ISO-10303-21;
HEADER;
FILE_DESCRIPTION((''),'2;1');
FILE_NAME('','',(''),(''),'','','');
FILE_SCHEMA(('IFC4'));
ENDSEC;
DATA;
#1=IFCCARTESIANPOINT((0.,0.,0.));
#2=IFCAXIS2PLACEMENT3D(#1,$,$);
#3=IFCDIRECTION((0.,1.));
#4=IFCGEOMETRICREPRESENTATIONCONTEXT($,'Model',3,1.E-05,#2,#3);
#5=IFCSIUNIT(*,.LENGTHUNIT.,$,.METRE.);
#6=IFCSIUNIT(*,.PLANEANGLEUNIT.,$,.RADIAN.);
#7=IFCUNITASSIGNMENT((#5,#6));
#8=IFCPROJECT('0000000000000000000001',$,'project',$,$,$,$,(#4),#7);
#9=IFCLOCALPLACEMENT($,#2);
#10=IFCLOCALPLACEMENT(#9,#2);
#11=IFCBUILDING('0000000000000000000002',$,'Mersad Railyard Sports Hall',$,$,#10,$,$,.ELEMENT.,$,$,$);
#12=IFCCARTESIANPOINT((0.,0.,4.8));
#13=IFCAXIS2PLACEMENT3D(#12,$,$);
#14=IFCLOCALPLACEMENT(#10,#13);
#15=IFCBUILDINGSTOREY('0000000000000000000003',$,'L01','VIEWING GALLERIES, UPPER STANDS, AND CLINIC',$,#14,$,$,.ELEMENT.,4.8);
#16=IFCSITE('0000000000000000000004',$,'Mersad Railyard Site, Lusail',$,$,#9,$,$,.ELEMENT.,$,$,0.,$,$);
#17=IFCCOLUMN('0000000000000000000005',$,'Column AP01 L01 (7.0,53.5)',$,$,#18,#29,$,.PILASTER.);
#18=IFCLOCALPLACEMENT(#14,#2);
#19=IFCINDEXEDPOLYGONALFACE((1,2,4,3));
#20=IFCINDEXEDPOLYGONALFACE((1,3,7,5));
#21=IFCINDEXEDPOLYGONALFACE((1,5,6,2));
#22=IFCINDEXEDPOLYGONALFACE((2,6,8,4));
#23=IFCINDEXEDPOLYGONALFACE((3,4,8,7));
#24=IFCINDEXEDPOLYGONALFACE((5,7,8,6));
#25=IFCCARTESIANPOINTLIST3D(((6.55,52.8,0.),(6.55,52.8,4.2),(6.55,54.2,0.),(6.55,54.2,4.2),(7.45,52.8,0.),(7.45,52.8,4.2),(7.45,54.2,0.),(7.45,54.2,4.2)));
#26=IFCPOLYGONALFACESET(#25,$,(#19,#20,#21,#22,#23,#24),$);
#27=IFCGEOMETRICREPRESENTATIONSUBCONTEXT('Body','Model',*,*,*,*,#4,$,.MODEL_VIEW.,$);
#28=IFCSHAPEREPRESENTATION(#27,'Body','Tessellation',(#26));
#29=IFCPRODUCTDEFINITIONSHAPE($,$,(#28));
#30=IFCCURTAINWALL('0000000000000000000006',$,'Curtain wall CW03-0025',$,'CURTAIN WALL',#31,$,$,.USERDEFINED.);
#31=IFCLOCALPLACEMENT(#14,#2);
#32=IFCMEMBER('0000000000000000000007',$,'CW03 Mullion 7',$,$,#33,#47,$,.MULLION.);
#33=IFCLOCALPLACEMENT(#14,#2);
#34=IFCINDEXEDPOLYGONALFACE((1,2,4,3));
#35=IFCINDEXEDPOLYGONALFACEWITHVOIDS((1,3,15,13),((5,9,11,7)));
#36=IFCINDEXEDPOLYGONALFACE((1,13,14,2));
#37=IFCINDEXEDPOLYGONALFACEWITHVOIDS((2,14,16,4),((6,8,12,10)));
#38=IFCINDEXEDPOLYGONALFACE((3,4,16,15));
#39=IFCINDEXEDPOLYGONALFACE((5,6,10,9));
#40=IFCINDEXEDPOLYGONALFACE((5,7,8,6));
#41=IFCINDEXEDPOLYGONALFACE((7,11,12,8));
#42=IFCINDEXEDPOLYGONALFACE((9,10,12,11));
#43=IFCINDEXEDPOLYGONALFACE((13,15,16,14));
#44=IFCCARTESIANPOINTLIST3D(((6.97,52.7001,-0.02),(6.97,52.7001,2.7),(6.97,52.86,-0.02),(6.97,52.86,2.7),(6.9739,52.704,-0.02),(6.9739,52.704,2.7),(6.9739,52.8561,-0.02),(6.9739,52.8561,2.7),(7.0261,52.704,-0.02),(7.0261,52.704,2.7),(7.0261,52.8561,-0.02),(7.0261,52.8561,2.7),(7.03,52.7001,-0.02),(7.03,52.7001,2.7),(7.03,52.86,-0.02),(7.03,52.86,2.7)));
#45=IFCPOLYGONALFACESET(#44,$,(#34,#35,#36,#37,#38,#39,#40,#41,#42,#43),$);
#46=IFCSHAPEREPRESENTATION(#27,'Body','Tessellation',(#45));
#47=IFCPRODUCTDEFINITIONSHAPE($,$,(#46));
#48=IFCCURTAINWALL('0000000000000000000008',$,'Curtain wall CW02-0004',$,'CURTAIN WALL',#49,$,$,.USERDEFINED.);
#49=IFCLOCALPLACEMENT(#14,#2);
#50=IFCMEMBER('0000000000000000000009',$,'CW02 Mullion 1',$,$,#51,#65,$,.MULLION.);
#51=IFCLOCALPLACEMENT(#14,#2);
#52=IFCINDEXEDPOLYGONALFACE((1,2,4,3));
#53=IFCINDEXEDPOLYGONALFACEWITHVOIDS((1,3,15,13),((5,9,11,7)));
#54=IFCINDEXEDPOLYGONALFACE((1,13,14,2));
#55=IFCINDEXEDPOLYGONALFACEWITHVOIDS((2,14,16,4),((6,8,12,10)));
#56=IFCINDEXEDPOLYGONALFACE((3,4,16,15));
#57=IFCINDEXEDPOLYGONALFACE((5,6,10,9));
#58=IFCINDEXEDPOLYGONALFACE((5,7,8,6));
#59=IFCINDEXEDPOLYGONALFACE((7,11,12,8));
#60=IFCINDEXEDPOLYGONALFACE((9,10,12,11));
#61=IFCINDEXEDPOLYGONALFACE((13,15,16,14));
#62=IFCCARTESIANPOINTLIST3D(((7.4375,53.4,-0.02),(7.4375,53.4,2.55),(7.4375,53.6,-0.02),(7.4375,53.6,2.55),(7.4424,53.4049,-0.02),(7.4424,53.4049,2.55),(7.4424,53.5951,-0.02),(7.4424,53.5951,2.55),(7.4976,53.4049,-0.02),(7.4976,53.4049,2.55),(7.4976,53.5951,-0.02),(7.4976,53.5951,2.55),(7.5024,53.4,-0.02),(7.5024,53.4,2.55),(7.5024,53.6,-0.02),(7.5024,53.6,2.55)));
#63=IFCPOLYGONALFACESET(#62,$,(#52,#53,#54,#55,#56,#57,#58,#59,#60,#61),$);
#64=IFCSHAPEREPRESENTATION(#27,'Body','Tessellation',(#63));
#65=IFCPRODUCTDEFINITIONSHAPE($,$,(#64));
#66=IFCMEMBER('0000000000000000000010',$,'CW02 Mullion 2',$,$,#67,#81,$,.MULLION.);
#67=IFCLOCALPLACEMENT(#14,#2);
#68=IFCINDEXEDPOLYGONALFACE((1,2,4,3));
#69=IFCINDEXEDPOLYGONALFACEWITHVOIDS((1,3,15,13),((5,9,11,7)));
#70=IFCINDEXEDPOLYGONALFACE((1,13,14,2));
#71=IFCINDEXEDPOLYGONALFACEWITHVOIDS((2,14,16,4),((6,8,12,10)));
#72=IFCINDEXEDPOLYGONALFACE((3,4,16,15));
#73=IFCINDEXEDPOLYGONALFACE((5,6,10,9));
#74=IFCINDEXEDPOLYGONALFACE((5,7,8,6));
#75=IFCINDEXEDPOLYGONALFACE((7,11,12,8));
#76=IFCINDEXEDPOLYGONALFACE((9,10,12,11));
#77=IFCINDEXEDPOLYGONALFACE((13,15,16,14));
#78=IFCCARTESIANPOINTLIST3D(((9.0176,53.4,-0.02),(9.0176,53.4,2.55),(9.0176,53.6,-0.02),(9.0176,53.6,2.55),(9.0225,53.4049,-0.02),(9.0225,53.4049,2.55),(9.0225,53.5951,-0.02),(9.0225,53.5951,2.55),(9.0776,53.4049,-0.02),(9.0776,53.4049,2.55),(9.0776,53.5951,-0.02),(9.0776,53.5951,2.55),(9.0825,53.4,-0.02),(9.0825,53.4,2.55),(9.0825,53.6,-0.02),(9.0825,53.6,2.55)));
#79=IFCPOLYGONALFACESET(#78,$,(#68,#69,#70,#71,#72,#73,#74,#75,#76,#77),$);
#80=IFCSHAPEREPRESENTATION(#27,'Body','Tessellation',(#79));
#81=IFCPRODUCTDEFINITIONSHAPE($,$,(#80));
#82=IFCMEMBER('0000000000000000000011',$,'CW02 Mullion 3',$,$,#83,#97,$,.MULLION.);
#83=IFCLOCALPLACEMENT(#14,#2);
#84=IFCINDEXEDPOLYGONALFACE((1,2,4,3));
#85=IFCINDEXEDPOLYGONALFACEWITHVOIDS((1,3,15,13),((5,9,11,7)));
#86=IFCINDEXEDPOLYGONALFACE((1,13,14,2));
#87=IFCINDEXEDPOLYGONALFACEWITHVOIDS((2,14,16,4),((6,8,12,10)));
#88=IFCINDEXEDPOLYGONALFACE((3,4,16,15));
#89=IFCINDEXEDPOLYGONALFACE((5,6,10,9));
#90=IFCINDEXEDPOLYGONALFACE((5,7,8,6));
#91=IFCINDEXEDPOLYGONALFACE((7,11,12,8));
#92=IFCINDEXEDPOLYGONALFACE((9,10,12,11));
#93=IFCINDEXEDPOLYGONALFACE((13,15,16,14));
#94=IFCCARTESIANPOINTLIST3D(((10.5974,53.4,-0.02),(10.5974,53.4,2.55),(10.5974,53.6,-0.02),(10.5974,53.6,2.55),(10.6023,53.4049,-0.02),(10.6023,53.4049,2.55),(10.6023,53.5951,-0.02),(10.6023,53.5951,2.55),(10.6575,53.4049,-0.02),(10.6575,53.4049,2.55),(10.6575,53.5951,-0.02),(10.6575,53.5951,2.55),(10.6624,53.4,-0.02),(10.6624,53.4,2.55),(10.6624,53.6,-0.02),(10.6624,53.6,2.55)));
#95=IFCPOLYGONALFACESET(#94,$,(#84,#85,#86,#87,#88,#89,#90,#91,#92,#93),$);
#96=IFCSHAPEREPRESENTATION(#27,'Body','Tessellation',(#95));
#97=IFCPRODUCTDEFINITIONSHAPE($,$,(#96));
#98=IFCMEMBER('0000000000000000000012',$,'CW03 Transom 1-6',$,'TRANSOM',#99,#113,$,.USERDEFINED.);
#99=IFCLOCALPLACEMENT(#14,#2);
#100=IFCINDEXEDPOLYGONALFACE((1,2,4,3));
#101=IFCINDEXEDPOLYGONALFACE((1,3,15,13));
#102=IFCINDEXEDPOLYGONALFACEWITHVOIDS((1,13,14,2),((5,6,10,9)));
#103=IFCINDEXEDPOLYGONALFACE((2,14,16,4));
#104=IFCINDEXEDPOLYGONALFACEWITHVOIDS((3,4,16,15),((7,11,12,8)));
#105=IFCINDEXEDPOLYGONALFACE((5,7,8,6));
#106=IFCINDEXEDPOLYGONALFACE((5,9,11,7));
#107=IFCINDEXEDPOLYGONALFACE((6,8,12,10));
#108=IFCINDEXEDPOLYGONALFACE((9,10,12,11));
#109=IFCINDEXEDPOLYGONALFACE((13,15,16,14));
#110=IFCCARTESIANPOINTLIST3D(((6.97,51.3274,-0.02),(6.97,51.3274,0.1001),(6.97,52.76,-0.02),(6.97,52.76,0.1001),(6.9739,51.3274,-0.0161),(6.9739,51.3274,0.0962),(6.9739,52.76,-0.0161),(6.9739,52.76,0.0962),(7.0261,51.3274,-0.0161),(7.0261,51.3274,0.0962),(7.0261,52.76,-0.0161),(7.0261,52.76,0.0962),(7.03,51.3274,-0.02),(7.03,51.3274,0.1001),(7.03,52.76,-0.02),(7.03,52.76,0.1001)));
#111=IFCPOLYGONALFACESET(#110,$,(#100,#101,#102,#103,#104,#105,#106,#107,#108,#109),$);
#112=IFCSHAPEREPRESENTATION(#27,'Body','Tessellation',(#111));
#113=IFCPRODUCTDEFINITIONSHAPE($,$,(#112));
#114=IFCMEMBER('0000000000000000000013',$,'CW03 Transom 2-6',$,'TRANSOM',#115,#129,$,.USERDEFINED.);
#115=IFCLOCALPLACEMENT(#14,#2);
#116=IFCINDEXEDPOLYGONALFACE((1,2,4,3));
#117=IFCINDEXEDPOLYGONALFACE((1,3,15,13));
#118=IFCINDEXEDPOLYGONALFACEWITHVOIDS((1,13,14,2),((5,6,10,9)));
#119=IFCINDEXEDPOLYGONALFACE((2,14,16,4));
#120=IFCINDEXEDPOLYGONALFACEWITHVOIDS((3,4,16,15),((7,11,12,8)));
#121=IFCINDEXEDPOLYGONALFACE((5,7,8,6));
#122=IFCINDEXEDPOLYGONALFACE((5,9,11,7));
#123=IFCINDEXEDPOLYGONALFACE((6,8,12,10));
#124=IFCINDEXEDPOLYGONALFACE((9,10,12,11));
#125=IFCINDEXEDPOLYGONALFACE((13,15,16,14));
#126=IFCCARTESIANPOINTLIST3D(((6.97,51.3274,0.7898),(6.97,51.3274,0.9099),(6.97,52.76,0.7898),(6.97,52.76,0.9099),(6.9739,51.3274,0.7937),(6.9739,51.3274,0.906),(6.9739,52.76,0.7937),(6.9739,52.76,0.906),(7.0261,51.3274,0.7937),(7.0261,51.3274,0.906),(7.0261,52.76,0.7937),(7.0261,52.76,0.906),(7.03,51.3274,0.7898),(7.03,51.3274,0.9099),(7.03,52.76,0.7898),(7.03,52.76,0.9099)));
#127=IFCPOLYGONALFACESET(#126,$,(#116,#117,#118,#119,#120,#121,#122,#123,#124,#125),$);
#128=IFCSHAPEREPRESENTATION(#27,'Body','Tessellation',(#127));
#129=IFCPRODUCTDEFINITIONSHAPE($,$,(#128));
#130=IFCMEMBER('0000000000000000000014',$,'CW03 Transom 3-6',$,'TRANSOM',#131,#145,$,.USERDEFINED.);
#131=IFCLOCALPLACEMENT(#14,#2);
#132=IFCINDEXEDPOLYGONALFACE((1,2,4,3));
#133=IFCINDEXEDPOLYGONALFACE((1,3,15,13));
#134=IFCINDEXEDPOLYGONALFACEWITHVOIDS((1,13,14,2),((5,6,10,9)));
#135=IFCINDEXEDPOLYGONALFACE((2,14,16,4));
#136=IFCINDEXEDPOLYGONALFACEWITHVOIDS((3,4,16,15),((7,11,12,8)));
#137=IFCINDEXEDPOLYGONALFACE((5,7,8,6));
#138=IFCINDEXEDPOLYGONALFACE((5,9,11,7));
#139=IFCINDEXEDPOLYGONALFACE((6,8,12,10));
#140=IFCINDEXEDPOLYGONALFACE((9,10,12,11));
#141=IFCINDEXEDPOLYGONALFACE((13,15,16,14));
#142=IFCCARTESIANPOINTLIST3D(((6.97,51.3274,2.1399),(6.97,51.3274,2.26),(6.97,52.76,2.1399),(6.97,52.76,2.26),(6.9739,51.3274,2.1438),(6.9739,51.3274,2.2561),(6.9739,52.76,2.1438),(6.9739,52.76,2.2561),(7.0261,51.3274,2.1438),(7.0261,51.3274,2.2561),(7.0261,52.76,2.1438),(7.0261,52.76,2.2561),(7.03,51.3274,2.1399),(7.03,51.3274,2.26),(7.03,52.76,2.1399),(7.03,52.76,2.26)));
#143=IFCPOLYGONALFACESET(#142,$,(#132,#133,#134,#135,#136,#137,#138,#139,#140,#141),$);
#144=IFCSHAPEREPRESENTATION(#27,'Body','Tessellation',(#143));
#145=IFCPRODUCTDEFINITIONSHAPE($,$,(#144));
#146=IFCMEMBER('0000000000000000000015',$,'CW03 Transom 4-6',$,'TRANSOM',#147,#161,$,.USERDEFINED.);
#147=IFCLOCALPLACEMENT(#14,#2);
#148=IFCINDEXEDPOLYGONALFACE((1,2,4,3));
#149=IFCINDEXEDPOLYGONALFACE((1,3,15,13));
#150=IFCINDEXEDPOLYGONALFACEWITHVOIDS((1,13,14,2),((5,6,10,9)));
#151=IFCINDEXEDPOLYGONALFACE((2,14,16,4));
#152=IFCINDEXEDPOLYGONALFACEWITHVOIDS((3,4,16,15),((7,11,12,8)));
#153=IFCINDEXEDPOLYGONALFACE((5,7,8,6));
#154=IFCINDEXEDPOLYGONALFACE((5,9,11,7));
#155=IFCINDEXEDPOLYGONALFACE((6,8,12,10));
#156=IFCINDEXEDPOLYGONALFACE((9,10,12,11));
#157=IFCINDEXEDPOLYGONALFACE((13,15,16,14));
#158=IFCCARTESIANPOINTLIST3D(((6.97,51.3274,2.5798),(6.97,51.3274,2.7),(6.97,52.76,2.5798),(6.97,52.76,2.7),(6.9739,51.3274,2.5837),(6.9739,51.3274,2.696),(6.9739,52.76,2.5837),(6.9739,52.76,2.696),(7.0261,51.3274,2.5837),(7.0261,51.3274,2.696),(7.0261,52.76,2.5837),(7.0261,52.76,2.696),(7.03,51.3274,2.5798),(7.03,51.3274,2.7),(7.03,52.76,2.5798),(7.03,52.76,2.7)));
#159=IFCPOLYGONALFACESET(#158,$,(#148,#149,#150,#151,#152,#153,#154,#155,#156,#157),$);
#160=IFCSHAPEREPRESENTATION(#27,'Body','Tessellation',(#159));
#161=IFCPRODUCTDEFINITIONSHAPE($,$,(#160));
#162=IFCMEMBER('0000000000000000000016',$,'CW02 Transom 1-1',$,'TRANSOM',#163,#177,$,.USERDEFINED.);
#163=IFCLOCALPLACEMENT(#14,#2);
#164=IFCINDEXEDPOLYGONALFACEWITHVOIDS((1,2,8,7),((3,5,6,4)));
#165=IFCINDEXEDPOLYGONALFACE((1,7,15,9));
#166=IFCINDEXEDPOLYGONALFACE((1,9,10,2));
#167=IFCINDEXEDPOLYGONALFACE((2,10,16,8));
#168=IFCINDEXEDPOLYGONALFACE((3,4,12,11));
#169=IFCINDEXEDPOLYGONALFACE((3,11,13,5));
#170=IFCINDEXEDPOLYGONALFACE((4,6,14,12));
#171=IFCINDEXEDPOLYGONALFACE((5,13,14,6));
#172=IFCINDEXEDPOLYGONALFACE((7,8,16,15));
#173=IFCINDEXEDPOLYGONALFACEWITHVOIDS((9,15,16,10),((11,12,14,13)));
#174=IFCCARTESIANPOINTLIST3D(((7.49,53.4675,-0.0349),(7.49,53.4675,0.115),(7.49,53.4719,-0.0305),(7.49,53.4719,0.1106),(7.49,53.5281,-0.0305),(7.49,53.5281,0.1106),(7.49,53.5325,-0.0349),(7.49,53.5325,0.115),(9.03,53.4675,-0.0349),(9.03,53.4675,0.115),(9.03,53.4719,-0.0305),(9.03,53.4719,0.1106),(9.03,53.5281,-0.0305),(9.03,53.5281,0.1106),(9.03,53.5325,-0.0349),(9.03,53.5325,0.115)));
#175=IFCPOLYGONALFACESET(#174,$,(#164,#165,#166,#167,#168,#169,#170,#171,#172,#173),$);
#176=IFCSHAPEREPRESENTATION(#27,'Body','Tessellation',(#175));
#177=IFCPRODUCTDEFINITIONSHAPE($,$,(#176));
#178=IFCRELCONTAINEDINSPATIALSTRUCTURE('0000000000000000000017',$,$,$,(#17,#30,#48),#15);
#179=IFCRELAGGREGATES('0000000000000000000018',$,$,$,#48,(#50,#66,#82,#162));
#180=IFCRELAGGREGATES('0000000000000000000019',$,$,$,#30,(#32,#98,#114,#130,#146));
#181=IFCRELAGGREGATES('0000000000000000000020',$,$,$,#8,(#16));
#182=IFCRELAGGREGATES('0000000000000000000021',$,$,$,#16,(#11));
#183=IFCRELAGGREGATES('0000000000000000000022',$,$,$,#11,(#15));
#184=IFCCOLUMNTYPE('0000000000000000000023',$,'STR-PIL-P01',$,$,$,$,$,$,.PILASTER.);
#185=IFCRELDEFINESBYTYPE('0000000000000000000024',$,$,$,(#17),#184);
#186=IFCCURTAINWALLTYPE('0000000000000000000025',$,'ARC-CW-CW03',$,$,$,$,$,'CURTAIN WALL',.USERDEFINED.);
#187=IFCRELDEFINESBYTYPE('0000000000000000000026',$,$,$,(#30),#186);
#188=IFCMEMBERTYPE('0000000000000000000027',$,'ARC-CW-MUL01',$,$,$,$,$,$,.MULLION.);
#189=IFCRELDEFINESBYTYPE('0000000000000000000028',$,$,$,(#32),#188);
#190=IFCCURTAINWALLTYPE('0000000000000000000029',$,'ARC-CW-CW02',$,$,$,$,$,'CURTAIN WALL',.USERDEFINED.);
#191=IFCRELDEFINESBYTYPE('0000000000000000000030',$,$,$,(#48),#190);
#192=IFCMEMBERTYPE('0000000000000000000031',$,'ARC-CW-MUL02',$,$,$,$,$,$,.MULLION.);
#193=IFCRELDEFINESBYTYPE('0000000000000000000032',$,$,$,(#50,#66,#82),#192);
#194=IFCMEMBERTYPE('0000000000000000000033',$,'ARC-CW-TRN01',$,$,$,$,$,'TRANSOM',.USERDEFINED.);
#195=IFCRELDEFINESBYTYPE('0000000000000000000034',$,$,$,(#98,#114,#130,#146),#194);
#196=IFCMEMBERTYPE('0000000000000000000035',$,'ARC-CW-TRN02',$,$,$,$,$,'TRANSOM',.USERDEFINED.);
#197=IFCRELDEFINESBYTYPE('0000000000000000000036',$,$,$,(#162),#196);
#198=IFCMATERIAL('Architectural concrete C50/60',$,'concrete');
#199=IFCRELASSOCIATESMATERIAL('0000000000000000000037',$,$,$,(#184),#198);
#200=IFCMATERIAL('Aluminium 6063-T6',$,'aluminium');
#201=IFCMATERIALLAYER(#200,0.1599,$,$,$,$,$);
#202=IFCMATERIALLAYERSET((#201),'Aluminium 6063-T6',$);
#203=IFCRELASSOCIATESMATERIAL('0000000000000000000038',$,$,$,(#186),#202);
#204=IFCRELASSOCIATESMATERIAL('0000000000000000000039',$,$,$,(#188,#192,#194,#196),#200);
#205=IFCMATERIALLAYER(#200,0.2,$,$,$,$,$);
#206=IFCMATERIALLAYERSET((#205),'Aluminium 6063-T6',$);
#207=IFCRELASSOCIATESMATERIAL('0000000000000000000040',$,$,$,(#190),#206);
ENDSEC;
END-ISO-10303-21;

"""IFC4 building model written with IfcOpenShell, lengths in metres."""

from ifc_helpers import new_model, si_unit, direction, frame, origin, origin_2d, place, context, subcontext, project, spatial, rectangle, hollow_rectangle, extrude, material, layer, layer_set, material_profile, profile_set, type_object, element, aggregate, save


model = new_model("IFC4")

# Units and contexts
model_context = context("Model", 3, precision=1e-05, world=origin(), true_north=direction((0.0, 1.0)))
body_context = subcontext(model_context, "Body", "Model", "MODEL_VIEW")
ifc_project = project(units=[si_unit("LENGTHUNIT", "METRE"), si_unit("PLANEANGLEUNIT", "RADIAN")], contexts=[model_context])

# Site, building, storey
site_placement = place(None, origin())
site = spatial("IfcSite", under=ifc_project, at=site_placement, Name="Mersad Railyard Site, Lusail", CompositionType="ELEMENT", RefElevation=0.0)
building_placement = place(site_placement, origin())
building = spatial("IfcBuilding", under=site, at=building_placement, Name="Mersad Railyard Sports Hall", CompositionType="ELEMENT")
storey_placement = place(building_placement, frame((0.0, 0.0, 4.8)))
storey = spatial("IfcBuildingStorey", under=building, at=storey_placement, Name="L01", Description="VIEWING GALLERIES, UPPER STANDS, AND CLINIC", CompositionType="ELEMENT", Elevation=4.8)

# Column
ifc_material_1 = material(Name="Architectural concrete C50/60", Category="concrete")
ifc_material_profile_1 = material_profile(ifc_material_1, rectangle(XDim=0.8999, YDim=1.3999, at=origin_2d()), Name="RC 900x1400")
ifc_profile_set_1 = profile_set([ifc_material_profile_1], Name="Architectural concrete C50/60")
column_type = type_object("IfcColumnType", Name="STR-PIL-P01", PredefinedType="PILASTER", material=ifc_profile_set_1)
column_placement = place(storey_placement, frame((7.0, 53.5, 0.0), z_axis=(0.0, 0.0, 1.0), x_axis=(1.0, 0.0, 0.0)))
element("IfcColumn", 1, at=column_placement, inside=storey, type_object=column_type, Name="Column AP01 L01 (7.0,53.5)", PredefinedType="PILASTER", context=body_context, shape_type="SweptSolid", body=[
    extrude(rectangle(XDim=0.8999, YDim=1.3999, at=origin_2d()), origin(), (0.0, 0.0, 1.0), 4.2),
])

# Curtain wall, member
ifc_material_2 = material(Name="Aluminium 6063-T6", Category="aluminium")
ifc_layer_1 = layer(ifc_material_2, 0.1599)
ifc_layer_set_1 = layer_set([ifc_layer_1], Name="Aluminium 6063-T6")
curtain_wall_type_1 = type_object("IfcCurtainWallType", Name="ARC-CW-CW03", ElementType="CURTAIN WALL", PredefinedType="USERDEFINED", material=ifc_layer_set_1)
curtain_wall_1_placement = place(storey_placement, origin())
curtain_wall_1 = element("IfcCurtainWall", 2, at=curtain_wall_1_placement, inside=storey, type_object=curtain_wall_type_1, Name="Curtain wall CW03-0025", ObjectType="CURTAIN WALL", PredefinedType="USERDEFINED")
ifc_material_profile_2 = material_profile(ifc_material_2, hollow_rectangle(XDim=0.0601, YDim=0.1599, WallThickness=0.0039, at=origin_2d()), Name="AL MULLION 60x160x4")
ifc_profile_set_2 = profile_set([ifc_material_profile_2], Name="Aluminium 6063-T6")
member_type_1 = type_object("IfcMemberType", Name="ARC-CW-MUL01", PredefinedType="MULLION", material=ifc_profile_set_2)
member_1_placement = place(storey_placement, frame((7.0, 52.78, -0.02), z_axis=(0.0, 0.0, 1.0), x_axis=(1.0, 0.0, 0.0)))
member_1 = element("IfcMember", 3, at=member_1_placement, type_object=member_type_1, Name="CW03 Mullion 7", PredefinedType="MULLION", context=body_context, shape_type="SweptSolid", body=[
    extrude(hollow_rectangle(XDim=0.0601, YDim=0.1599, WallThickness=0.0039, at=origin_2d()), origin(), (0.0, 0.0, 1.0), 2.72),
])

# Curtain wall, members
ifc_layer_2 = layer(ifc_material_2, 0.2)
ifc_layer_set_2 = layer_set([ifc_layer_2], Name="Aluminium 6063-T6")
curtain_wall_type_2 = type_object("IfcCurtainWallType", Name="ARC-CW-CW02", ElementType="CURTAIN WALL", PredefinedType="USERDEFINED", material=ifc_layer_set_2)
curtain_wall_2_placement = place(storey_placement, origin())
curtain_wall_2 = element("IfcCurtainWall", 4, at=curtain_wall_2_placement, inside=storey, type_object=curtain_wall_type_2, Name="Curtain wall CW02-0004", ObjectType="CURTAIN WALL", PredefinedType="USERDEFINED")
ifc_material_profile_3 = material_profile(ifc_material_2, hollow_rectangle(XDim=0.0649, YDim=0.2, WallThickness=0.0049, at=origin_2d()), Name="AL MULLION 65x200x5")
ifc_profile_set_3 = profile_set([ifc_material_profile_3], Name="Aluminium 6063-T6")
member_type_2 = type_object("IfcMemberType", Name="ARC-CW-MUL02", PredefinedType="MULLION", material=ifc_profile_set_3)
member_2_placement = place(storey_placement, frame((7.47, 53.5, -0.02), z_axis=(0.0, 0.0, 1.0), x_axis=(1.0, 0.0, 0.0)))
member_2 = element("IfcMember", 5, at=member_2_placement, type_object=member_type_2, Name="CW02 Mullion 1", PredefinedType="MULLION", context=body_context, shape_type="SweptSolid", body=[
    extrude(hollow_rectangle(XDim=0.0649, YDim=0.2, WallThickness=0.0049, at=origin_2d()), origin(), (0.0, 0.0, 1.0), 2.5701),
])
member_3_placement = place(storey_placement, frame((9.05, 53.5, -0.02), z_axis=(0.0, 0.0, 1.0), x_axis=(1.0, 0.0, 0.0)))
member_3 = element("IfcMember", 6, at=member_3_placement, type_object=member_type_2, Name="CW02 Mullion 2", PredefinedType="MULLION", context=body_context, shape_type="SweptSolid", body=[
    extrude(hollow_rectangle(XDim=0.0649, YDim=0.2, WallThickness=0.0049, at=origin_2d()), origin(), (0.0, 0.0, 1.0), 2.5701),
])
member_4_placement = place(storey_placement, frame((10.6299, 53.5, -0.02), z_axis=(0.0, 0.0, 1.0), x_axis=(1.0, 0.0, 0.0)))
member_4 = element("IfcMember", 7, at=member_4_placement, type_object=member_type_2, Name="CW02 Mullion 3", PredefinedType="MULLION", context=body_context, shape_type="SweptSolid", body=[
    extrude(hollow_rectangle(XDim=0.0649, YDim=0.2, WallThickness=0.0049, at=origin_2d()), origin(), (0.0, 0.0, 1.0), 2.5701),
])

# Members
ifc_material_profile_4 = material_profile(ifc_material_2, hollow_rectangle(XDim=0.0601, YDim=0.1201, WallThickness=0.0039, at=origin_2d()), Name="AL TRANSOM 60x120x4")
ifc_profile_set_4 = profile_set([ifc_material_profile_4], Name="Aluminium 6063-T6")
member_type_3 = type_object("IfcMemberType", Name="ARC-CW-TRN01", ElementType="TRANSOM", PredefinedType="USERDEFINED", material=ifc_profile_set_4)
member_5_placement = place(storey_placement, frame((7.0, 51.3274, 0.04), z_axis=(0.0, 1.0, 0.0), x_axis=(-1.0, 0.0, 0.0)))
member_5 = element("IfcMember", 8, at=member_5_placement, type_object=member_type_3, Name="CW03 Transom 1-6", ObjectType="TRANSOM", PredefinedType="USERDEFINED", context=body_context, shape_type="SweptSolid", body=[
    extrude(hollow_rectangle(XDim=0.0601, YDim=0.1201, WallThickness=0.0039, at=origin_2d()), origin(), (0.0, 0.0, 1.0), 1.4326),
])
member_6_placement = place(storey_placement, frame((7.0, 51.3274, 0.8499), z_axis=(0.0, 1.0, 0.0), x_axis=(-1.0, 0.0, 0.0)))
member_6 = element("IfcMember", 9, at=member_6_placement, type_object=member_type_3, Name="CW03 Transom 2-6", ObjectType="TRANSOM", PredefinedType="USERDEFINED", context=body_context, shape_type="SweptSolid", body=[
    extrude(hollow_rectangle(XDim=0.0601, YDim=0.1201, WallThickness=0.0039, at=origin_2d()), origin(), (0.0, 0.0, 1.0), 1.4326),
])
member_7_placement = place(storey_placement, frame((7.0, 51.3274, 2.2), z_axis=(0.0, 1.0, 0.0), x_axis=(-1.0, 0.0, 0.0)))
member_7 = element("IfcMember", 10, at=member_7_placement, type_object=member_type_3, Name="CW03 Transom 3-6", ObjectType="TRANSOM", PredefinedType="USERDEFINED", context=body_context, shape_type="SweptSolid", body=[
    extrude(hollow_rectangle(XDim=0.0601, YDim=0.1201, WallThickness=0.0039, at=origin_2d()), origin(), (0.0, 0.0, 1.0), 1.4326),
])
member_8_placement = place(storey_placement, frame((7.0, 51.3274, 2.6399), z_axis=(0.0, 1.0, 0.0), x_axis=(-1.0, 0.0, 0.0)))
member_8 = element("IfcMember", 11, at=member_8_placement, type_object=member_type_3, Name="CW03 Transom 4-6", ObjectType="TRANSOM", PredefinedType="USERDEFINED", context=body_context, shape_type="SweptSolid", body=[
    extrude(hollow_rectangle(XDim=0.0601, YDim=0.1201, WallThickness=0.0039, at=origin_2d()), origin(), (0.0, 0.0, 1.0), 1.4326),
])
ifc_material_profile_5 = material_profile(ifc_material_2, hollow_rectangle(XDim=0.0649, YDim=0.1499, WallThickness=0.0044, at=origin_2d()), Name="AL TRANSOM 65x150x4.5")
ifc_profile_set_5 = profile_set([ifc_material_profile_5], Name="Aluminium 6063-T6")
member_type_4 = type_object("IfcMemberType", Name="ARC-CW-TRN02", ElementType="TRANSOM", PredefinedType="USERDEFINED", material=ifc_profile_set_5)
member_9_placement = place(storey_placement, frame((7.49, 53.5, 0.04), z_axis=(1.0, 0.0, 0.0), x_axis=(0.0, 1.0, 0.0)))
member_9 = element("IfcMember", 12, at=member_9_placement, type_object=member_type_4, Name="CW02 Transom 1-1", ObjectType="TRANSOM", PredefinedType="USERDEFINED", context=body_context, shape_type="SweptSolid", body=[
    extrude(hollow_rectangle(XDim=0.0649, YDim=0.1499, WallThickness=0.0044, at=origin_2d()), origin(), (0.0, 0.0, 1.0), 1.54),
])

aggregate(curtain_wall_2, [member_2, member_3, member_4, member_9])
aggregate(curtain_wall_1, [member_1, member_5, member_6, member_7, member_8])

save(model, "model.ifc")
